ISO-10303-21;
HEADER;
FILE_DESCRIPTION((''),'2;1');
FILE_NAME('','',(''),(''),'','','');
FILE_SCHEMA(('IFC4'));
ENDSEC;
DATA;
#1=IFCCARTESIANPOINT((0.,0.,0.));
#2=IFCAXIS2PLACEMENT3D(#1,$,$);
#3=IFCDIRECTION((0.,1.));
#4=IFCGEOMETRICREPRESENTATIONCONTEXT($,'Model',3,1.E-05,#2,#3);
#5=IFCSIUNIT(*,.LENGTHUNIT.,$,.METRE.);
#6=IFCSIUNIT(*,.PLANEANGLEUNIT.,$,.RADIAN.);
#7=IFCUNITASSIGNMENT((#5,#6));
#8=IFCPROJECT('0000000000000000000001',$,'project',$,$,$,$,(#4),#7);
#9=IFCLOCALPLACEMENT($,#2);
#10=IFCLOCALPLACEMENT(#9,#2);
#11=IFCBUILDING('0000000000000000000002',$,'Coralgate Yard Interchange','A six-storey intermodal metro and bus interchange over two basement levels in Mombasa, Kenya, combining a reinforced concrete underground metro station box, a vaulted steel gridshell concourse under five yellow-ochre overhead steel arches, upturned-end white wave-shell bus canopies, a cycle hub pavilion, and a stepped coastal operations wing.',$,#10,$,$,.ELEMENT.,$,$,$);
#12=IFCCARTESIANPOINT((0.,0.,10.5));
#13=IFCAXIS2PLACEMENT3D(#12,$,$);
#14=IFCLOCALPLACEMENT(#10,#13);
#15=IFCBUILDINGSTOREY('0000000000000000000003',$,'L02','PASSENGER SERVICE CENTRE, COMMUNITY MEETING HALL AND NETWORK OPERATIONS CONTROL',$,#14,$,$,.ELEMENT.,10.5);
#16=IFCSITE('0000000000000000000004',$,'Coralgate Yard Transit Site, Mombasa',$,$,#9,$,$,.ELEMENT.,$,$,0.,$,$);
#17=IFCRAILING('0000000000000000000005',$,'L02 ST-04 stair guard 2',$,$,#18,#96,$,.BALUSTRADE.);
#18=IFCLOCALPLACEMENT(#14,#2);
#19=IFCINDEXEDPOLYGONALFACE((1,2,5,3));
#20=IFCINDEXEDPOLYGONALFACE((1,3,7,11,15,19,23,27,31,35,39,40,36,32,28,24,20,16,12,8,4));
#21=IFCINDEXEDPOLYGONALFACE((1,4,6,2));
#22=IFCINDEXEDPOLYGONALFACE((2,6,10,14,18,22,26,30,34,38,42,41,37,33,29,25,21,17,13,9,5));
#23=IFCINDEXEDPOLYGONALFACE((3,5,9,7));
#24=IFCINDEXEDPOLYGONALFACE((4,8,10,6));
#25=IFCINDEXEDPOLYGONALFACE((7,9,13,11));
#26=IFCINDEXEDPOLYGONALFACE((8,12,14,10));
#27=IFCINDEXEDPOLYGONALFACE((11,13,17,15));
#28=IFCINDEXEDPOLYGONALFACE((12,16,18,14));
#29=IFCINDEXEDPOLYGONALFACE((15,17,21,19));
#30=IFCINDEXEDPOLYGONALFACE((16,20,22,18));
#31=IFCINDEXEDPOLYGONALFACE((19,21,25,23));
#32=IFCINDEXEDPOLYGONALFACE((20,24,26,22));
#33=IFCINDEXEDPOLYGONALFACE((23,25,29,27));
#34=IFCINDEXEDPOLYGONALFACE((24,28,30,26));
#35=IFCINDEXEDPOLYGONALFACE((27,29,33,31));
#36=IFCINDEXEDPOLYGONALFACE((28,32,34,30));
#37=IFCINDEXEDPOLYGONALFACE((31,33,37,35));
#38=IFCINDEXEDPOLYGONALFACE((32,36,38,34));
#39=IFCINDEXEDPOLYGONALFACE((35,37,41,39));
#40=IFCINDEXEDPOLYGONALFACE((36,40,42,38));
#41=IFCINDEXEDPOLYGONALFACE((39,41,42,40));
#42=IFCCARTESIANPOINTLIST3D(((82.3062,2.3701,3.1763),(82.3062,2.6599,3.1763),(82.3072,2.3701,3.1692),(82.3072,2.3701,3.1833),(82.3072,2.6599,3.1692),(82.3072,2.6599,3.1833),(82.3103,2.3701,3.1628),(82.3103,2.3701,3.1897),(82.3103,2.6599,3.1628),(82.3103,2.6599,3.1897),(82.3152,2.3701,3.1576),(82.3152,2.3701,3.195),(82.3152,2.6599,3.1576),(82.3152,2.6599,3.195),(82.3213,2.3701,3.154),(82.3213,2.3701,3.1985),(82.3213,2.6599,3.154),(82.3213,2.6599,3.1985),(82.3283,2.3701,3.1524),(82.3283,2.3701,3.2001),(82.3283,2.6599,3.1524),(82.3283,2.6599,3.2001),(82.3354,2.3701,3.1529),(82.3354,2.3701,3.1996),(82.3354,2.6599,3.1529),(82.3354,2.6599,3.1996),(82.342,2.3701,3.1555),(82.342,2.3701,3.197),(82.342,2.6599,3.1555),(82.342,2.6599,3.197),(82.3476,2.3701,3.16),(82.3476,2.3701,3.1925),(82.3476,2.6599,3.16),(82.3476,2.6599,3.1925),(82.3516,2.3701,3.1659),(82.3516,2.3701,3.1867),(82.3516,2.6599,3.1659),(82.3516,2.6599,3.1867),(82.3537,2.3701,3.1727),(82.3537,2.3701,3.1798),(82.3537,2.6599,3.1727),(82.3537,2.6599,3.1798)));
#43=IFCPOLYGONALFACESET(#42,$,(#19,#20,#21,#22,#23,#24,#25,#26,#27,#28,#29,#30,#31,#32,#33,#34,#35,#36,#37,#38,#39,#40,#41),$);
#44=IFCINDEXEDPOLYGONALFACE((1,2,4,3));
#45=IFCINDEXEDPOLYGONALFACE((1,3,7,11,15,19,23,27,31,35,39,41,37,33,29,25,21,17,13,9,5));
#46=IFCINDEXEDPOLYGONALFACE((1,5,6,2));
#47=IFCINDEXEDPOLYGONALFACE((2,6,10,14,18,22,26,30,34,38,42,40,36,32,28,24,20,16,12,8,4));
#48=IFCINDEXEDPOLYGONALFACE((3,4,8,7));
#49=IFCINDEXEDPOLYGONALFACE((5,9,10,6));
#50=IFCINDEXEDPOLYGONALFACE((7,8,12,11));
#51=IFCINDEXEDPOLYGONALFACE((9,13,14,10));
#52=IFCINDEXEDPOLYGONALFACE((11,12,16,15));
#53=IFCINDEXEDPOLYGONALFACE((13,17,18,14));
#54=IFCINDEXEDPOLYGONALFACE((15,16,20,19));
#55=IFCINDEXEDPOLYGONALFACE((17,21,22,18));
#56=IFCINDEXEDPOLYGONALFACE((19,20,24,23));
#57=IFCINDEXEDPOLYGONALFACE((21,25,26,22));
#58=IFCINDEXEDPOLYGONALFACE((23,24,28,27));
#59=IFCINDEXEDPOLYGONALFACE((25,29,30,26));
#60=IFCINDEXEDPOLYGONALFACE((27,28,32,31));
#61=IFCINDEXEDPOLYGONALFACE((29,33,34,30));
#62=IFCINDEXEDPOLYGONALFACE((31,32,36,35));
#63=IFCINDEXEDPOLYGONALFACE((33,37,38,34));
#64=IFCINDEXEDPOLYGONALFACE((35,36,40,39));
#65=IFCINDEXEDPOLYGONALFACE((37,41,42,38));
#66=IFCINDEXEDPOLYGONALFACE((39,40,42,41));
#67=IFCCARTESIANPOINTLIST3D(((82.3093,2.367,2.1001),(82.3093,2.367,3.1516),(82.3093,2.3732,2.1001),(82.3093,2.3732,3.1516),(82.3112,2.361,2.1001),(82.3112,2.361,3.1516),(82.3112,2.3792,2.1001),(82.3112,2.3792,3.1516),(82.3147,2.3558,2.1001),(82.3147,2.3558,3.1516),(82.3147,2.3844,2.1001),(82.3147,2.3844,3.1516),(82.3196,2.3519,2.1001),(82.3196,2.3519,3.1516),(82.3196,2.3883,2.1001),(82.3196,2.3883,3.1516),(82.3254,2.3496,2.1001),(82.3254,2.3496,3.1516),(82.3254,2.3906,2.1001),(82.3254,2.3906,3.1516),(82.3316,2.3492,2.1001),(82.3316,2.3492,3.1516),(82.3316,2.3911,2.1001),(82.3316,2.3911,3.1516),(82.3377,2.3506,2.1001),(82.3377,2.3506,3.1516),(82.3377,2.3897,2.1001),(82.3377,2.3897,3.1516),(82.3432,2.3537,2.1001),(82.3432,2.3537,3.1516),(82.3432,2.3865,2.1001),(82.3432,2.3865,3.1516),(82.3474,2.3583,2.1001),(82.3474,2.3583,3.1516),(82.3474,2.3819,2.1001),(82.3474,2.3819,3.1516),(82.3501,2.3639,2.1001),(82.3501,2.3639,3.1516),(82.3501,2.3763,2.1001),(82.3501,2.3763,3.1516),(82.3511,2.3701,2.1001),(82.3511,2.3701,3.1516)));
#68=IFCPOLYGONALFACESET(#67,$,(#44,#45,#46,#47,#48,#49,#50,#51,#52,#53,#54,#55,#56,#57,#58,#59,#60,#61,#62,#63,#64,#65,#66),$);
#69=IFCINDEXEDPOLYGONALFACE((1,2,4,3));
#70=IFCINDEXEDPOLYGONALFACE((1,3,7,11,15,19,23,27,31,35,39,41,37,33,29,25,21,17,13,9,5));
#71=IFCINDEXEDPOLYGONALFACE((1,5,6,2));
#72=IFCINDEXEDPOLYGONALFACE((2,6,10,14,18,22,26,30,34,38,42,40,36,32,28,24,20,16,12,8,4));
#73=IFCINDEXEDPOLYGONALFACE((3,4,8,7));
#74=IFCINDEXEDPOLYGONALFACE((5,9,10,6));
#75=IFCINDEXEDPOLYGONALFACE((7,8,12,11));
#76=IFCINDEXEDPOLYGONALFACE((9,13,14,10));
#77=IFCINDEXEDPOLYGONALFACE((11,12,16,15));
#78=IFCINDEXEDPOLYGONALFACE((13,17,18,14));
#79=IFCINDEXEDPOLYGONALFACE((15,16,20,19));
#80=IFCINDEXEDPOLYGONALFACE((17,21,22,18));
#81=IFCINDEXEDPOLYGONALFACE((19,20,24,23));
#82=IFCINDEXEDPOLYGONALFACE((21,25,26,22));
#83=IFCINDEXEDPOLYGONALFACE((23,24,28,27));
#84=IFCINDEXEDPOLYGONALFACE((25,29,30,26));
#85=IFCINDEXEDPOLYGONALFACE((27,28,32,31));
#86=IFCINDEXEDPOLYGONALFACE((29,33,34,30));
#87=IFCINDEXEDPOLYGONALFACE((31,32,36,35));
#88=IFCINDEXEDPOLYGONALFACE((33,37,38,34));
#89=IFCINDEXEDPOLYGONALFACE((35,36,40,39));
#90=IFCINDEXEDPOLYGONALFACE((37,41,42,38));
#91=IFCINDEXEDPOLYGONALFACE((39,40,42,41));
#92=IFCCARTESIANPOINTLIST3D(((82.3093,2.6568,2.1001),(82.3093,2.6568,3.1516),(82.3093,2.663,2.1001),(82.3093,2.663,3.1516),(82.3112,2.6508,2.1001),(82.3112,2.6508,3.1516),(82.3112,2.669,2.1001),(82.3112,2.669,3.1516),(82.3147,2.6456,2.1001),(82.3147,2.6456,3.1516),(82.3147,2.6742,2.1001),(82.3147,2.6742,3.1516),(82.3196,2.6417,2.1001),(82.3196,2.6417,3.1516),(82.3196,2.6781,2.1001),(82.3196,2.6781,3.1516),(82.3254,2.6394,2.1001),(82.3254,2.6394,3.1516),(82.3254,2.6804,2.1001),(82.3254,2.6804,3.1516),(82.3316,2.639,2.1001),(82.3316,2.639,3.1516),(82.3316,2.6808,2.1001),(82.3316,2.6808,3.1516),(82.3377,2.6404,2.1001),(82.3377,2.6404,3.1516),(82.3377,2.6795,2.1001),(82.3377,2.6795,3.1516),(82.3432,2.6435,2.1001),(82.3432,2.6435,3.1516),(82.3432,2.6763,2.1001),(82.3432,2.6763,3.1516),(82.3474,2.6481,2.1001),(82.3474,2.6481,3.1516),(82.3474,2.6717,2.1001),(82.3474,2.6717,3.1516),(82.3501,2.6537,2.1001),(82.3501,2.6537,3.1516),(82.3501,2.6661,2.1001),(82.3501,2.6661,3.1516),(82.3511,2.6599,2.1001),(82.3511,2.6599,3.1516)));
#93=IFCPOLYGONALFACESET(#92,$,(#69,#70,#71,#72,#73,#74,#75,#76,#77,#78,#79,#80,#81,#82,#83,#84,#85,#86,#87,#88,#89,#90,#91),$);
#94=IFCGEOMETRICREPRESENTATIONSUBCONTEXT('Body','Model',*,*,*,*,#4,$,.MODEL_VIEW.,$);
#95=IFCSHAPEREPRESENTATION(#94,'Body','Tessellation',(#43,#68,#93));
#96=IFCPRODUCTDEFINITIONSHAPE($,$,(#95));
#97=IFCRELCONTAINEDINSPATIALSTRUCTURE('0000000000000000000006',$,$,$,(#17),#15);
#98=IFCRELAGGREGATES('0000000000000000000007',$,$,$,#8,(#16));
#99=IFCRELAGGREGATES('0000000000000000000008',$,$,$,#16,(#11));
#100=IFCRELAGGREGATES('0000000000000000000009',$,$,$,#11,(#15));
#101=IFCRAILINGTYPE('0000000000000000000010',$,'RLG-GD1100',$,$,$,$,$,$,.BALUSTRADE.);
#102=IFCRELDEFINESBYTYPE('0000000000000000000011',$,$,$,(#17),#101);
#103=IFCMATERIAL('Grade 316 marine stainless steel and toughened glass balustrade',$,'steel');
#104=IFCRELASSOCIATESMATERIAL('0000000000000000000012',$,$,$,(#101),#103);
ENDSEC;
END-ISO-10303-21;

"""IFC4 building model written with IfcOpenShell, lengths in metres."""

from ifc_helpers import new_model, si_unit, direction, frame, origin, origin_2d, place, context, subcontext, project, spatial, circle, extrude, material, type_object, element, save


model = new_model("IFC4")

# Units and contexts
model_context = context("Model", 3, precision=1e-05, world=origin(), true_north=direction((0.0, 1.0)))
body_context = subcontext(model_context, "Body", "Model", "MODEL_VIEW")
ifc_project = project(units=[si_unit("LENGTHUNIT", "METRE"), si_unit("PLANEANGLEUNIT", "RADIAN")], contexts=[model_context])

# Site, building, storey
site_placement = place(None, origin())
site = spatial("IfcSite", under=ifc_project, at=site_placement, Name="Coralgate Yard Transit Site, Mombasa", CompositionType="ELEMENT", RefElevation=0.0)
building_placement = place(site_placement, origin())
building = spatial("IfcBuilding", under=site, at=building_placement, Name="Coralgate Yard Interchange", Description="A six-storey intermodal metro and bus interchange over two basement levels in Mombasa, Kenya, combining a reinforced concrete underground metro station box, a vaulted steel gridshell concourse under five yellow-ochre overhead steel arches, upturned-end white wave-shell bus canopies, a cycle hub pavilion, and a stepped coastal operations wing.", CompositionType="ELEMENT")
storey_placement = place(building_placement, frame((0.0, 0.0, 10.5)))
storey = spatial("IfcBuildingStorey", under=building, at=storey_placement, Name="L02", Description="PASSENGER SERVICE CENTRE, COMMUNITY MEETING HALL AND NETWORK OPERATIONS CONTROL", CompositionType="ELEMENT", Elevation=10.5)

# Railing
ifc_material_1 = material(Name="Grade 316 marine stainless steel and toughened glass balustrade", Category="steel")
railing_type_1 = type_object("IfcRailingType", Name="RLG-GD1100", PredefinedType="BALUSTRADE", material=ifc_material_1)
railing_1_placement = place(storey_placement, frame((82.3301, 2.3701, 2.1001)))
element("IfcRailing", 1, at=railing_1_placement, inside=storey, type_object=railing_type_1, Name="L02 ST-04 stair guard 2", PredefinedType="BALUSTRADE", context=body_context, shape_type="SweptSolid", body=[
    extrude(circle(Radius=0.0239, at=origin_2d()), frame((0.0, 0.0, 1.0762), z_axis=(0.0, 1.0, 0.0), x_axis=(-1.0, 0.0, 0.0)), (0.0, 0.0, 1.0), 0.2898),
    extrude(circle(Radius=0.021, at=origin_2d()), origin(), (0.0, 0.0, 1.0), 1.0515),
    extrude(circle(Radius=0.021, at=origin_2d()), frame((0.0, 0.2898, 0.0)), (0.0, 0.0, 1.0), 1.0515),
])

save(model, "model.ifc")
